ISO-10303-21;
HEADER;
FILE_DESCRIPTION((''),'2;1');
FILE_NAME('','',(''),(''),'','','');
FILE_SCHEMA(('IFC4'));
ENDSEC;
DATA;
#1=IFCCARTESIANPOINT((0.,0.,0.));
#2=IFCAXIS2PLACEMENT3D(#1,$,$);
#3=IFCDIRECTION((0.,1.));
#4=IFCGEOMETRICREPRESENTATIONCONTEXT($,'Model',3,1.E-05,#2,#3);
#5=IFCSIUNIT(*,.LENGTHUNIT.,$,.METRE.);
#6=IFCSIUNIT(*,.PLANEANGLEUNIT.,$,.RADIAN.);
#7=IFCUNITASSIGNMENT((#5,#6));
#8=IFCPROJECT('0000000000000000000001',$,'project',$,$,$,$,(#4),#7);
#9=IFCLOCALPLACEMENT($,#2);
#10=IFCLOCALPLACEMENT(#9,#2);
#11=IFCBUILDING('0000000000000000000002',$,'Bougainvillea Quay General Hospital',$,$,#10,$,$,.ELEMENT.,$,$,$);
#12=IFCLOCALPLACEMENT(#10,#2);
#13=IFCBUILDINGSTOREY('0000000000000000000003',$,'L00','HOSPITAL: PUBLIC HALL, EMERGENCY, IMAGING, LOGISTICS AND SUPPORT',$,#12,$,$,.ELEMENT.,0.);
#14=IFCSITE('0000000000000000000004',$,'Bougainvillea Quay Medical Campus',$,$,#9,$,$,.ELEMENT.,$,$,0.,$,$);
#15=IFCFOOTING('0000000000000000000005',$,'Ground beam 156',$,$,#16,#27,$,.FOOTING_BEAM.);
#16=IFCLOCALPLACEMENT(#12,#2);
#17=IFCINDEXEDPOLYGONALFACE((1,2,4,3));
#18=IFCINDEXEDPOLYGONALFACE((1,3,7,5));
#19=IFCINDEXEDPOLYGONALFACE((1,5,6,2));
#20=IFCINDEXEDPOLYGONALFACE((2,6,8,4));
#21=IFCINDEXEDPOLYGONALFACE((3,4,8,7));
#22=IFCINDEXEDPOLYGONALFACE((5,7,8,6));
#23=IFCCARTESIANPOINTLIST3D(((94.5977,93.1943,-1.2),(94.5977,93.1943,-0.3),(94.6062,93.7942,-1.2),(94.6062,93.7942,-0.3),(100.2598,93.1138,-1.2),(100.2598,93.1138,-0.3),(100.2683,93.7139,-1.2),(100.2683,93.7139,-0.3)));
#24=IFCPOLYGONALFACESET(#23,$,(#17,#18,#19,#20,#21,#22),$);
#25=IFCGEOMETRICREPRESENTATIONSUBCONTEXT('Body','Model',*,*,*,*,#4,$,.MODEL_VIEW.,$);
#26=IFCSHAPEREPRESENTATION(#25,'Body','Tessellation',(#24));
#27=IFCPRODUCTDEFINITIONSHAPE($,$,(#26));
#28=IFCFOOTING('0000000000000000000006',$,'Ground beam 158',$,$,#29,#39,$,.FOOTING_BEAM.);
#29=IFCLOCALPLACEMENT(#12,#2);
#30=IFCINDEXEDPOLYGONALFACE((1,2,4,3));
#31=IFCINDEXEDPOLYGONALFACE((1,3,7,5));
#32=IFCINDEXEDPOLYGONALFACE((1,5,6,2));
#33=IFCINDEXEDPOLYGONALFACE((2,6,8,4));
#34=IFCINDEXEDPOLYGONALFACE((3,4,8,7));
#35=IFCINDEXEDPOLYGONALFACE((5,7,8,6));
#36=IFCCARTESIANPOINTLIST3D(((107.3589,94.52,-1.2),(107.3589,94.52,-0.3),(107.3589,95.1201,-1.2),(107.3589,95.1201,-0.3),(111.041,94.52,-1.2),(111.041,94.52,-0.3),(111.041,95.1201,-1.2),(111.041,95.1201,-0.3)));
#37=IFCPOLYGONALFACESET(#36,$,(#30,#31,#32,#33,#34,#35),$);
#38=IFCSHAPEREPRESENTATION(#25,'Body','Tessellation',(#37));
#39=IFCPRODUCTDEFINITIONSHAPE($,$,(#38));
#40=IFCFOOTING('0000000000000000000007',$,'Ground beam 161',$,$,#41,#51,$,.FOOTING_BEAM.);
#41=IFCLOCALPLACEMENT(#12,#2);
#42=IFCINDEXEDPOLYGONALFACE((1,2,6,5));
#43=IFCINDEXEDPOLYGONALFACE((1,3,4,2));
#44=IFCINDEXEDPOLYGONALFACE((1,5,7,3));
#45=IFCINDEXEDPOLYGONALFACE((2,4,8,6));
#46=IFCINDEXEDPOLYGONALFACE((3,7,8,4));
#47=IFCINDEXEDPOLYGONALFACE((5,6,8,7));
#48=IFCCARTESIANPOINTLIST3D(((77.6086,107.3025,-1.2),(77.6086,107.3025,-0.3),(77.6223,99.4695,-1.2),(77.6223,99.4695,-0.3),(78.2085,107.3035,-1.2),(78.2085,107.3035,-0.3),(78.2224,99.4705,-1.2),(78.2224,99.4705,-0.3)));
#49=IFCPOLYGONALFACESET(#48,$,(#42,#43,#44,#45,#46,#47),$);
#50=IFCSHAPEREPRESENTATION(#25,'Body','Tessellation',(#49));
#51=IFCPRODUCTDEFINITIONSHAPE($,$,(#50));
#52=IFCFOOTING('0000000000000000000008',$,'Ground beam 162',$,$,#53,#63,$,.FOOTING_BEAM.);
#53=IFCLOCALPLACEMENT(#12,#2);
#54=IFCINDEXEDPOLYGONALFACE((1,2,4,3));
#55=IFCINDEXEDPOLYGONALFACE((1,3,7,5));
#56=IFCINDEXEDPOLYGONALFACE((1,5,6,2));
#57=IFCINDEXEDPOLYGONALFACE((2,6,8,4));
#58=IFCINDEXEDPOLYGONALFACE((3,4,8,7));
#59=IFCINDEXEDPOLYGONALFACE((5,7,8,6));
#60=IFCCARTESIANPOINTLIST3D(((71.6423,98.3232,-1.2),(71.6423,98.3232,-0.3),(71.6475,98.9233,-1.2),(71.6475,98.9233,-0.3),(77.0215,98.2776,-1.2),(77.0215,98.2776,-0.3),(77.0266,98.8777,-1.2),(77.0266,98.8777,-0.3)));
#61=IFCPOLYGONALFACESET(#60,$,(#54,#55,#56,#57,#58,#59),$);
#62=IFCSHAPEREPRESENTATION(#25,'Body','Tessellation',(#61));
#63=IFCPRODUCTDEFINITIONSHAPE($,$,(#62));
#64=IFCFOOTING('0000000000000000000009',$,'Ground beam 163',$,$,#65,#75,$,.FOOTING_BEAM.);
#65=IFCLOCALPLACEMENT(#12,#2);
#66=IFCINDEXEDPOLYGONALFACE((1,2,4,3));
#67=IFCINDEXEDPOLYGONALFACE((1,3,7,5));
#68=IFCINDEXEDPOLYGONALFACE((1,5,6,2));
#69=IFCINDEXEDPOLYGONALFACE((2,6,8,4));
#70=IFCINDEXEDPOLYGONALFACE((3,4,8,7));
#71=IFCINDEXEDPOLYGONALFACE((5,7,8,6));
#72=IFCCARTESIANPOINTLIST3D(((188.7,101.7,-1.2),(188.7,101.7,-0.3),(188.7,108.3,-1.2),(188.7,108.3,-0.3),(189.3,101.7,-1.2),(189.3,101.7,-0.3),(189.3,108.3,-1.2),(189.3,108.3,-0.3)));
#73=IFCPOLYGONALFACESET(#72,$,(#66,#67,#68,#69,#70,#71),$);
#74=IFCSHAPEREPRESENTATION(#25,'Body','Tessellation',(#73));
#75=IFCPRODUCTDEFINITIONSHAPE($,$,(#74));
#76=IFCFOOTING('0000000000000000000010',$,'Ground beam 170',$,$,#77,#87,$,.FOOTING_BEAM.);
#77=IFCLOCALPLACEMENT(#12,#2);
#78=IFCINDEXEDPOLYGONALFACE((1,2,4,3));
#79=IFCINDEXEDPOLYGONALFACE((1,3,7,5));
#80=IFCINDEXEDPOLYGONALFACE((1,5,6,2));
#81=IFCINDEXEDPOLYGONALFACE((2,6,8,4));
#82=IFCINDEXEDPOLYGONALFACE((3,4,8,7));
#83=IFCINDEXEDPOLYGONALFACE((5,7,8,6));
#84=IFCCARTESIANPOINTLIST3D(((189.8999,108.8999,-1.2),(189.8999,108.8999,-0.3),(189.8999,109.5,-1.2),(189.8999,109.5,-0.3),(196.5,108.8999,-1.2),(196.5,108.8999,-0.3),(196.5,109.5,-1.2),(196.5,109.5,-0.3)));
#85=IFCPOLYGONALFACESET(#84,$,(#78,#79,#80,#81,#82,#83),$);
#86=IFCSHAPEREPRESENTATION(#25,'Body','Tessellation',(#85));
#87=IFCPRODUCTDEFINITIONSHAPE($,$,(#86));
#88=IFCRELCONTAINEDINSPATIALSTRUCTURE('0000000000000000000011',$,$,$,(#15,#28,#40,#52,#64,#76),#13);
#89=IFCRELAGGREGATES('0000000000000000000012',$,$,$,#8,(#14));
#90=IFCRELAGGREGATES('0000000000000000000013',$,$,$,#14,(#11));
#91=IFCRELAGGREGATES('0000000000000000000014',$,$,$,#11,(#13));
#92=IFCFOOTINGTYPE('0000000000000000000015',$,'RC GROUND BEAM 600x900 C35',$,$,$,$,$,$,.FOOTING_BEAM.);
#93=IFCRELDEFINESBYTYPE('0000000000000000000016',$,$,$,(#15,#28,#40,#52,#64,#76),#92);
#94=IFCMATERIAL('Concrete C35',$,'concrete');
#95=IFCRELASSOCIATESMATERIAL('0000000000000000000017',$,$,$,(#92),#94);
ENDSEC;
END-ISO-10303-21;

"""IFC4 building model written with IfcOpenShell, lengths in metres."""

from ifc_helpers import new_model, si_unit, direction, frame, origin, origin_2d, place, context, subcontext, project, spatial, polyline, rectangle, outline, extrude, material, material_profile, profile_set, type_object, element, save


model = new_model("IFC4")

# Units and contexts
model_context = context("Model", 3, precision=1e-05, world=origin(), true_north=direction((0.0, 1.0)))
body_context = subcontext(model_context, "Body", "Model", "MODEL_VIEW")
ifc_project = project(units=[si_unit("LENGTHUNIT", "METRE"), si_unit("PLANEANGLEUNIT", "RADIAN")], contexts=[model_context])

# Site, building, storey
site_placement = place(None, origin())
site = spatial("IfcSite", under=ifc_project, at=site_placement, Name="Bougainvillea Quay Medical Campus", CompositionType="ELEMENT", RefElevation=0.0)
building_placement = place(site_placement, origin())
building = spatial("IfcBuilding", under=site, at=building_placement, Name="Bougainvillea Quay General Hospital", CompositionType="ELEMENT")
storey_placement = place(building_placement, origin())
storey = spatial("IfcBuildingStorey", under=building, at=storey_placement, Name="L00", Description="HOSPITAL: PUBLIC HALL, EMERGENCY, IMAGING, LOGISTICS AND SUPPORT", CompositionType="ELEMENT", Elevation=0.0)

# Footings
ifc_material = material(Name="Concrete C35", Category="concrete")
ifc_material_profile = material_profile(ifc_material, rectangle(XDim=0.6001, YDim=0.8999, at=origin_2d()))
ifc_profile_set = profile_set([ifc_material_profile], Name="Concrete C35")
footing_type = type_object("IfcFootingType", Name="RC GROUND BEAM 600x900 C35", PredefinedType="FOOTING_BEAM", material=ifc_profile_set)
footing_1_placement = place(storey_placement, frame((0.0, 0.0, -1.2)))
element("IfcFooting", 1, at=footing_1_placement, inside=storey, type_object=footing_type, Name="Ground beam 156", PredefinedType="FOOTING_BEAM", context=body_context, shape_type="SweptSolid", body=[
    extrude(outline(polyline([(94.6062, 93.7942), (100.2683, 93.7139), (100.2598, 93.1138), (94.5977, 93.1943), (94.6062, 93.7942)])), origin(), (0.0, 0.0, 1.0), 0.8999),
])
footing_2_placement = place(storey_placement, frame((0.0, 0.0, -1.2)))
element("IfcFooting", 2, at=footing_2_placement, inside=storey, type_object=footing_type, Name="Ground beam 158", PredefinedType="FOOTING_BEAM", context=body_context, shape_type="SweptSolid", body=[
    extrude(outline(polyline([(107.3589, 95.1201), (111.041, 95.1201), (111.041, 94.52), (107.3589, 94.52), (107.3589, 95.1201)])), origin(), (0.0, 0.0, 1.0), 0.8999),
])
footing_3_placement = place(storey_placement, frame((0.0, 0.0, -1.2)))
element("IfcFooting", 3, at=footing_3_placement, inside=storey, type_object=footing_type, Name="Ground beam 161", PredefinedType="FOOTING_BEAM", context=body_context, shape_type="SweptSolid", body=[
    extrude(outline(polyline([(77.6223, 99.4695), (77.6086, 107.3025), (78.2085, 107.3035), (78.2224, 99.4705), (77.6223, 99.4695)])), origin(), (0.0, 0.0, 1.0), 0.8999),
])
footing_4_placement = place(storey_placement, frame((0.0, 0.0, -1.2)))
element("IfcFooting", 4, at=footing_4_placement, inside=storey, type_object=footing_type, Name="Ground beam 162", PredefinedType="FOOTING_BEAM", context=body_context, shape_type="SweptSolid", body=[
    extrude(outline(polyline([(71.6475, 98.9233), (77.0266, 98.8777), (77.0215, 98.2776), (71.6423, 98.3232), (71.6475, 98.9233)])), origin(), (0.0, 0.0, 1.0), 0.8999),
])
footing_5_placement = place(storey_placement, frame((0.0, 0.0, -1.2)))
element("IfcFooting", 5, at=footing_5_placement, inside=storey, type_object=footing_type, Name="Ground beam 163", PredefinedType="FOOTING_BEAM", context=body_context, shape_type="SweptSolid", body=[
    extrude(outline(polyline([(188.7, 101.7), (188.7, 108.3), (189.3, 108.3), (189.3, 101.7), (188.7, 101.7)])), origin(), (0.0, 0.0, 1.0), 0.8999),
])
footing_6_placement = place(storey_placement, frame((0.0, 0.0, -1.2)))
element("IfcFooting", 6, at=footing_6_placement, inside=storey, type_object=footing_type, Name="Ground beam 170", PredefinedType="FOOTING_BEAM", context=body_context, shape_type="SweptSolid", body=[
    extrude(outline(polyline([(189.8999, 109.5), (196.5, 109.5), (196.5, 108.8999), (189.8999, 108.8999), (189.8999, 109.5)])), origin(), (0.0, 0.0, 1.0), 0.8999),
])

save(model, "model.ifc")
